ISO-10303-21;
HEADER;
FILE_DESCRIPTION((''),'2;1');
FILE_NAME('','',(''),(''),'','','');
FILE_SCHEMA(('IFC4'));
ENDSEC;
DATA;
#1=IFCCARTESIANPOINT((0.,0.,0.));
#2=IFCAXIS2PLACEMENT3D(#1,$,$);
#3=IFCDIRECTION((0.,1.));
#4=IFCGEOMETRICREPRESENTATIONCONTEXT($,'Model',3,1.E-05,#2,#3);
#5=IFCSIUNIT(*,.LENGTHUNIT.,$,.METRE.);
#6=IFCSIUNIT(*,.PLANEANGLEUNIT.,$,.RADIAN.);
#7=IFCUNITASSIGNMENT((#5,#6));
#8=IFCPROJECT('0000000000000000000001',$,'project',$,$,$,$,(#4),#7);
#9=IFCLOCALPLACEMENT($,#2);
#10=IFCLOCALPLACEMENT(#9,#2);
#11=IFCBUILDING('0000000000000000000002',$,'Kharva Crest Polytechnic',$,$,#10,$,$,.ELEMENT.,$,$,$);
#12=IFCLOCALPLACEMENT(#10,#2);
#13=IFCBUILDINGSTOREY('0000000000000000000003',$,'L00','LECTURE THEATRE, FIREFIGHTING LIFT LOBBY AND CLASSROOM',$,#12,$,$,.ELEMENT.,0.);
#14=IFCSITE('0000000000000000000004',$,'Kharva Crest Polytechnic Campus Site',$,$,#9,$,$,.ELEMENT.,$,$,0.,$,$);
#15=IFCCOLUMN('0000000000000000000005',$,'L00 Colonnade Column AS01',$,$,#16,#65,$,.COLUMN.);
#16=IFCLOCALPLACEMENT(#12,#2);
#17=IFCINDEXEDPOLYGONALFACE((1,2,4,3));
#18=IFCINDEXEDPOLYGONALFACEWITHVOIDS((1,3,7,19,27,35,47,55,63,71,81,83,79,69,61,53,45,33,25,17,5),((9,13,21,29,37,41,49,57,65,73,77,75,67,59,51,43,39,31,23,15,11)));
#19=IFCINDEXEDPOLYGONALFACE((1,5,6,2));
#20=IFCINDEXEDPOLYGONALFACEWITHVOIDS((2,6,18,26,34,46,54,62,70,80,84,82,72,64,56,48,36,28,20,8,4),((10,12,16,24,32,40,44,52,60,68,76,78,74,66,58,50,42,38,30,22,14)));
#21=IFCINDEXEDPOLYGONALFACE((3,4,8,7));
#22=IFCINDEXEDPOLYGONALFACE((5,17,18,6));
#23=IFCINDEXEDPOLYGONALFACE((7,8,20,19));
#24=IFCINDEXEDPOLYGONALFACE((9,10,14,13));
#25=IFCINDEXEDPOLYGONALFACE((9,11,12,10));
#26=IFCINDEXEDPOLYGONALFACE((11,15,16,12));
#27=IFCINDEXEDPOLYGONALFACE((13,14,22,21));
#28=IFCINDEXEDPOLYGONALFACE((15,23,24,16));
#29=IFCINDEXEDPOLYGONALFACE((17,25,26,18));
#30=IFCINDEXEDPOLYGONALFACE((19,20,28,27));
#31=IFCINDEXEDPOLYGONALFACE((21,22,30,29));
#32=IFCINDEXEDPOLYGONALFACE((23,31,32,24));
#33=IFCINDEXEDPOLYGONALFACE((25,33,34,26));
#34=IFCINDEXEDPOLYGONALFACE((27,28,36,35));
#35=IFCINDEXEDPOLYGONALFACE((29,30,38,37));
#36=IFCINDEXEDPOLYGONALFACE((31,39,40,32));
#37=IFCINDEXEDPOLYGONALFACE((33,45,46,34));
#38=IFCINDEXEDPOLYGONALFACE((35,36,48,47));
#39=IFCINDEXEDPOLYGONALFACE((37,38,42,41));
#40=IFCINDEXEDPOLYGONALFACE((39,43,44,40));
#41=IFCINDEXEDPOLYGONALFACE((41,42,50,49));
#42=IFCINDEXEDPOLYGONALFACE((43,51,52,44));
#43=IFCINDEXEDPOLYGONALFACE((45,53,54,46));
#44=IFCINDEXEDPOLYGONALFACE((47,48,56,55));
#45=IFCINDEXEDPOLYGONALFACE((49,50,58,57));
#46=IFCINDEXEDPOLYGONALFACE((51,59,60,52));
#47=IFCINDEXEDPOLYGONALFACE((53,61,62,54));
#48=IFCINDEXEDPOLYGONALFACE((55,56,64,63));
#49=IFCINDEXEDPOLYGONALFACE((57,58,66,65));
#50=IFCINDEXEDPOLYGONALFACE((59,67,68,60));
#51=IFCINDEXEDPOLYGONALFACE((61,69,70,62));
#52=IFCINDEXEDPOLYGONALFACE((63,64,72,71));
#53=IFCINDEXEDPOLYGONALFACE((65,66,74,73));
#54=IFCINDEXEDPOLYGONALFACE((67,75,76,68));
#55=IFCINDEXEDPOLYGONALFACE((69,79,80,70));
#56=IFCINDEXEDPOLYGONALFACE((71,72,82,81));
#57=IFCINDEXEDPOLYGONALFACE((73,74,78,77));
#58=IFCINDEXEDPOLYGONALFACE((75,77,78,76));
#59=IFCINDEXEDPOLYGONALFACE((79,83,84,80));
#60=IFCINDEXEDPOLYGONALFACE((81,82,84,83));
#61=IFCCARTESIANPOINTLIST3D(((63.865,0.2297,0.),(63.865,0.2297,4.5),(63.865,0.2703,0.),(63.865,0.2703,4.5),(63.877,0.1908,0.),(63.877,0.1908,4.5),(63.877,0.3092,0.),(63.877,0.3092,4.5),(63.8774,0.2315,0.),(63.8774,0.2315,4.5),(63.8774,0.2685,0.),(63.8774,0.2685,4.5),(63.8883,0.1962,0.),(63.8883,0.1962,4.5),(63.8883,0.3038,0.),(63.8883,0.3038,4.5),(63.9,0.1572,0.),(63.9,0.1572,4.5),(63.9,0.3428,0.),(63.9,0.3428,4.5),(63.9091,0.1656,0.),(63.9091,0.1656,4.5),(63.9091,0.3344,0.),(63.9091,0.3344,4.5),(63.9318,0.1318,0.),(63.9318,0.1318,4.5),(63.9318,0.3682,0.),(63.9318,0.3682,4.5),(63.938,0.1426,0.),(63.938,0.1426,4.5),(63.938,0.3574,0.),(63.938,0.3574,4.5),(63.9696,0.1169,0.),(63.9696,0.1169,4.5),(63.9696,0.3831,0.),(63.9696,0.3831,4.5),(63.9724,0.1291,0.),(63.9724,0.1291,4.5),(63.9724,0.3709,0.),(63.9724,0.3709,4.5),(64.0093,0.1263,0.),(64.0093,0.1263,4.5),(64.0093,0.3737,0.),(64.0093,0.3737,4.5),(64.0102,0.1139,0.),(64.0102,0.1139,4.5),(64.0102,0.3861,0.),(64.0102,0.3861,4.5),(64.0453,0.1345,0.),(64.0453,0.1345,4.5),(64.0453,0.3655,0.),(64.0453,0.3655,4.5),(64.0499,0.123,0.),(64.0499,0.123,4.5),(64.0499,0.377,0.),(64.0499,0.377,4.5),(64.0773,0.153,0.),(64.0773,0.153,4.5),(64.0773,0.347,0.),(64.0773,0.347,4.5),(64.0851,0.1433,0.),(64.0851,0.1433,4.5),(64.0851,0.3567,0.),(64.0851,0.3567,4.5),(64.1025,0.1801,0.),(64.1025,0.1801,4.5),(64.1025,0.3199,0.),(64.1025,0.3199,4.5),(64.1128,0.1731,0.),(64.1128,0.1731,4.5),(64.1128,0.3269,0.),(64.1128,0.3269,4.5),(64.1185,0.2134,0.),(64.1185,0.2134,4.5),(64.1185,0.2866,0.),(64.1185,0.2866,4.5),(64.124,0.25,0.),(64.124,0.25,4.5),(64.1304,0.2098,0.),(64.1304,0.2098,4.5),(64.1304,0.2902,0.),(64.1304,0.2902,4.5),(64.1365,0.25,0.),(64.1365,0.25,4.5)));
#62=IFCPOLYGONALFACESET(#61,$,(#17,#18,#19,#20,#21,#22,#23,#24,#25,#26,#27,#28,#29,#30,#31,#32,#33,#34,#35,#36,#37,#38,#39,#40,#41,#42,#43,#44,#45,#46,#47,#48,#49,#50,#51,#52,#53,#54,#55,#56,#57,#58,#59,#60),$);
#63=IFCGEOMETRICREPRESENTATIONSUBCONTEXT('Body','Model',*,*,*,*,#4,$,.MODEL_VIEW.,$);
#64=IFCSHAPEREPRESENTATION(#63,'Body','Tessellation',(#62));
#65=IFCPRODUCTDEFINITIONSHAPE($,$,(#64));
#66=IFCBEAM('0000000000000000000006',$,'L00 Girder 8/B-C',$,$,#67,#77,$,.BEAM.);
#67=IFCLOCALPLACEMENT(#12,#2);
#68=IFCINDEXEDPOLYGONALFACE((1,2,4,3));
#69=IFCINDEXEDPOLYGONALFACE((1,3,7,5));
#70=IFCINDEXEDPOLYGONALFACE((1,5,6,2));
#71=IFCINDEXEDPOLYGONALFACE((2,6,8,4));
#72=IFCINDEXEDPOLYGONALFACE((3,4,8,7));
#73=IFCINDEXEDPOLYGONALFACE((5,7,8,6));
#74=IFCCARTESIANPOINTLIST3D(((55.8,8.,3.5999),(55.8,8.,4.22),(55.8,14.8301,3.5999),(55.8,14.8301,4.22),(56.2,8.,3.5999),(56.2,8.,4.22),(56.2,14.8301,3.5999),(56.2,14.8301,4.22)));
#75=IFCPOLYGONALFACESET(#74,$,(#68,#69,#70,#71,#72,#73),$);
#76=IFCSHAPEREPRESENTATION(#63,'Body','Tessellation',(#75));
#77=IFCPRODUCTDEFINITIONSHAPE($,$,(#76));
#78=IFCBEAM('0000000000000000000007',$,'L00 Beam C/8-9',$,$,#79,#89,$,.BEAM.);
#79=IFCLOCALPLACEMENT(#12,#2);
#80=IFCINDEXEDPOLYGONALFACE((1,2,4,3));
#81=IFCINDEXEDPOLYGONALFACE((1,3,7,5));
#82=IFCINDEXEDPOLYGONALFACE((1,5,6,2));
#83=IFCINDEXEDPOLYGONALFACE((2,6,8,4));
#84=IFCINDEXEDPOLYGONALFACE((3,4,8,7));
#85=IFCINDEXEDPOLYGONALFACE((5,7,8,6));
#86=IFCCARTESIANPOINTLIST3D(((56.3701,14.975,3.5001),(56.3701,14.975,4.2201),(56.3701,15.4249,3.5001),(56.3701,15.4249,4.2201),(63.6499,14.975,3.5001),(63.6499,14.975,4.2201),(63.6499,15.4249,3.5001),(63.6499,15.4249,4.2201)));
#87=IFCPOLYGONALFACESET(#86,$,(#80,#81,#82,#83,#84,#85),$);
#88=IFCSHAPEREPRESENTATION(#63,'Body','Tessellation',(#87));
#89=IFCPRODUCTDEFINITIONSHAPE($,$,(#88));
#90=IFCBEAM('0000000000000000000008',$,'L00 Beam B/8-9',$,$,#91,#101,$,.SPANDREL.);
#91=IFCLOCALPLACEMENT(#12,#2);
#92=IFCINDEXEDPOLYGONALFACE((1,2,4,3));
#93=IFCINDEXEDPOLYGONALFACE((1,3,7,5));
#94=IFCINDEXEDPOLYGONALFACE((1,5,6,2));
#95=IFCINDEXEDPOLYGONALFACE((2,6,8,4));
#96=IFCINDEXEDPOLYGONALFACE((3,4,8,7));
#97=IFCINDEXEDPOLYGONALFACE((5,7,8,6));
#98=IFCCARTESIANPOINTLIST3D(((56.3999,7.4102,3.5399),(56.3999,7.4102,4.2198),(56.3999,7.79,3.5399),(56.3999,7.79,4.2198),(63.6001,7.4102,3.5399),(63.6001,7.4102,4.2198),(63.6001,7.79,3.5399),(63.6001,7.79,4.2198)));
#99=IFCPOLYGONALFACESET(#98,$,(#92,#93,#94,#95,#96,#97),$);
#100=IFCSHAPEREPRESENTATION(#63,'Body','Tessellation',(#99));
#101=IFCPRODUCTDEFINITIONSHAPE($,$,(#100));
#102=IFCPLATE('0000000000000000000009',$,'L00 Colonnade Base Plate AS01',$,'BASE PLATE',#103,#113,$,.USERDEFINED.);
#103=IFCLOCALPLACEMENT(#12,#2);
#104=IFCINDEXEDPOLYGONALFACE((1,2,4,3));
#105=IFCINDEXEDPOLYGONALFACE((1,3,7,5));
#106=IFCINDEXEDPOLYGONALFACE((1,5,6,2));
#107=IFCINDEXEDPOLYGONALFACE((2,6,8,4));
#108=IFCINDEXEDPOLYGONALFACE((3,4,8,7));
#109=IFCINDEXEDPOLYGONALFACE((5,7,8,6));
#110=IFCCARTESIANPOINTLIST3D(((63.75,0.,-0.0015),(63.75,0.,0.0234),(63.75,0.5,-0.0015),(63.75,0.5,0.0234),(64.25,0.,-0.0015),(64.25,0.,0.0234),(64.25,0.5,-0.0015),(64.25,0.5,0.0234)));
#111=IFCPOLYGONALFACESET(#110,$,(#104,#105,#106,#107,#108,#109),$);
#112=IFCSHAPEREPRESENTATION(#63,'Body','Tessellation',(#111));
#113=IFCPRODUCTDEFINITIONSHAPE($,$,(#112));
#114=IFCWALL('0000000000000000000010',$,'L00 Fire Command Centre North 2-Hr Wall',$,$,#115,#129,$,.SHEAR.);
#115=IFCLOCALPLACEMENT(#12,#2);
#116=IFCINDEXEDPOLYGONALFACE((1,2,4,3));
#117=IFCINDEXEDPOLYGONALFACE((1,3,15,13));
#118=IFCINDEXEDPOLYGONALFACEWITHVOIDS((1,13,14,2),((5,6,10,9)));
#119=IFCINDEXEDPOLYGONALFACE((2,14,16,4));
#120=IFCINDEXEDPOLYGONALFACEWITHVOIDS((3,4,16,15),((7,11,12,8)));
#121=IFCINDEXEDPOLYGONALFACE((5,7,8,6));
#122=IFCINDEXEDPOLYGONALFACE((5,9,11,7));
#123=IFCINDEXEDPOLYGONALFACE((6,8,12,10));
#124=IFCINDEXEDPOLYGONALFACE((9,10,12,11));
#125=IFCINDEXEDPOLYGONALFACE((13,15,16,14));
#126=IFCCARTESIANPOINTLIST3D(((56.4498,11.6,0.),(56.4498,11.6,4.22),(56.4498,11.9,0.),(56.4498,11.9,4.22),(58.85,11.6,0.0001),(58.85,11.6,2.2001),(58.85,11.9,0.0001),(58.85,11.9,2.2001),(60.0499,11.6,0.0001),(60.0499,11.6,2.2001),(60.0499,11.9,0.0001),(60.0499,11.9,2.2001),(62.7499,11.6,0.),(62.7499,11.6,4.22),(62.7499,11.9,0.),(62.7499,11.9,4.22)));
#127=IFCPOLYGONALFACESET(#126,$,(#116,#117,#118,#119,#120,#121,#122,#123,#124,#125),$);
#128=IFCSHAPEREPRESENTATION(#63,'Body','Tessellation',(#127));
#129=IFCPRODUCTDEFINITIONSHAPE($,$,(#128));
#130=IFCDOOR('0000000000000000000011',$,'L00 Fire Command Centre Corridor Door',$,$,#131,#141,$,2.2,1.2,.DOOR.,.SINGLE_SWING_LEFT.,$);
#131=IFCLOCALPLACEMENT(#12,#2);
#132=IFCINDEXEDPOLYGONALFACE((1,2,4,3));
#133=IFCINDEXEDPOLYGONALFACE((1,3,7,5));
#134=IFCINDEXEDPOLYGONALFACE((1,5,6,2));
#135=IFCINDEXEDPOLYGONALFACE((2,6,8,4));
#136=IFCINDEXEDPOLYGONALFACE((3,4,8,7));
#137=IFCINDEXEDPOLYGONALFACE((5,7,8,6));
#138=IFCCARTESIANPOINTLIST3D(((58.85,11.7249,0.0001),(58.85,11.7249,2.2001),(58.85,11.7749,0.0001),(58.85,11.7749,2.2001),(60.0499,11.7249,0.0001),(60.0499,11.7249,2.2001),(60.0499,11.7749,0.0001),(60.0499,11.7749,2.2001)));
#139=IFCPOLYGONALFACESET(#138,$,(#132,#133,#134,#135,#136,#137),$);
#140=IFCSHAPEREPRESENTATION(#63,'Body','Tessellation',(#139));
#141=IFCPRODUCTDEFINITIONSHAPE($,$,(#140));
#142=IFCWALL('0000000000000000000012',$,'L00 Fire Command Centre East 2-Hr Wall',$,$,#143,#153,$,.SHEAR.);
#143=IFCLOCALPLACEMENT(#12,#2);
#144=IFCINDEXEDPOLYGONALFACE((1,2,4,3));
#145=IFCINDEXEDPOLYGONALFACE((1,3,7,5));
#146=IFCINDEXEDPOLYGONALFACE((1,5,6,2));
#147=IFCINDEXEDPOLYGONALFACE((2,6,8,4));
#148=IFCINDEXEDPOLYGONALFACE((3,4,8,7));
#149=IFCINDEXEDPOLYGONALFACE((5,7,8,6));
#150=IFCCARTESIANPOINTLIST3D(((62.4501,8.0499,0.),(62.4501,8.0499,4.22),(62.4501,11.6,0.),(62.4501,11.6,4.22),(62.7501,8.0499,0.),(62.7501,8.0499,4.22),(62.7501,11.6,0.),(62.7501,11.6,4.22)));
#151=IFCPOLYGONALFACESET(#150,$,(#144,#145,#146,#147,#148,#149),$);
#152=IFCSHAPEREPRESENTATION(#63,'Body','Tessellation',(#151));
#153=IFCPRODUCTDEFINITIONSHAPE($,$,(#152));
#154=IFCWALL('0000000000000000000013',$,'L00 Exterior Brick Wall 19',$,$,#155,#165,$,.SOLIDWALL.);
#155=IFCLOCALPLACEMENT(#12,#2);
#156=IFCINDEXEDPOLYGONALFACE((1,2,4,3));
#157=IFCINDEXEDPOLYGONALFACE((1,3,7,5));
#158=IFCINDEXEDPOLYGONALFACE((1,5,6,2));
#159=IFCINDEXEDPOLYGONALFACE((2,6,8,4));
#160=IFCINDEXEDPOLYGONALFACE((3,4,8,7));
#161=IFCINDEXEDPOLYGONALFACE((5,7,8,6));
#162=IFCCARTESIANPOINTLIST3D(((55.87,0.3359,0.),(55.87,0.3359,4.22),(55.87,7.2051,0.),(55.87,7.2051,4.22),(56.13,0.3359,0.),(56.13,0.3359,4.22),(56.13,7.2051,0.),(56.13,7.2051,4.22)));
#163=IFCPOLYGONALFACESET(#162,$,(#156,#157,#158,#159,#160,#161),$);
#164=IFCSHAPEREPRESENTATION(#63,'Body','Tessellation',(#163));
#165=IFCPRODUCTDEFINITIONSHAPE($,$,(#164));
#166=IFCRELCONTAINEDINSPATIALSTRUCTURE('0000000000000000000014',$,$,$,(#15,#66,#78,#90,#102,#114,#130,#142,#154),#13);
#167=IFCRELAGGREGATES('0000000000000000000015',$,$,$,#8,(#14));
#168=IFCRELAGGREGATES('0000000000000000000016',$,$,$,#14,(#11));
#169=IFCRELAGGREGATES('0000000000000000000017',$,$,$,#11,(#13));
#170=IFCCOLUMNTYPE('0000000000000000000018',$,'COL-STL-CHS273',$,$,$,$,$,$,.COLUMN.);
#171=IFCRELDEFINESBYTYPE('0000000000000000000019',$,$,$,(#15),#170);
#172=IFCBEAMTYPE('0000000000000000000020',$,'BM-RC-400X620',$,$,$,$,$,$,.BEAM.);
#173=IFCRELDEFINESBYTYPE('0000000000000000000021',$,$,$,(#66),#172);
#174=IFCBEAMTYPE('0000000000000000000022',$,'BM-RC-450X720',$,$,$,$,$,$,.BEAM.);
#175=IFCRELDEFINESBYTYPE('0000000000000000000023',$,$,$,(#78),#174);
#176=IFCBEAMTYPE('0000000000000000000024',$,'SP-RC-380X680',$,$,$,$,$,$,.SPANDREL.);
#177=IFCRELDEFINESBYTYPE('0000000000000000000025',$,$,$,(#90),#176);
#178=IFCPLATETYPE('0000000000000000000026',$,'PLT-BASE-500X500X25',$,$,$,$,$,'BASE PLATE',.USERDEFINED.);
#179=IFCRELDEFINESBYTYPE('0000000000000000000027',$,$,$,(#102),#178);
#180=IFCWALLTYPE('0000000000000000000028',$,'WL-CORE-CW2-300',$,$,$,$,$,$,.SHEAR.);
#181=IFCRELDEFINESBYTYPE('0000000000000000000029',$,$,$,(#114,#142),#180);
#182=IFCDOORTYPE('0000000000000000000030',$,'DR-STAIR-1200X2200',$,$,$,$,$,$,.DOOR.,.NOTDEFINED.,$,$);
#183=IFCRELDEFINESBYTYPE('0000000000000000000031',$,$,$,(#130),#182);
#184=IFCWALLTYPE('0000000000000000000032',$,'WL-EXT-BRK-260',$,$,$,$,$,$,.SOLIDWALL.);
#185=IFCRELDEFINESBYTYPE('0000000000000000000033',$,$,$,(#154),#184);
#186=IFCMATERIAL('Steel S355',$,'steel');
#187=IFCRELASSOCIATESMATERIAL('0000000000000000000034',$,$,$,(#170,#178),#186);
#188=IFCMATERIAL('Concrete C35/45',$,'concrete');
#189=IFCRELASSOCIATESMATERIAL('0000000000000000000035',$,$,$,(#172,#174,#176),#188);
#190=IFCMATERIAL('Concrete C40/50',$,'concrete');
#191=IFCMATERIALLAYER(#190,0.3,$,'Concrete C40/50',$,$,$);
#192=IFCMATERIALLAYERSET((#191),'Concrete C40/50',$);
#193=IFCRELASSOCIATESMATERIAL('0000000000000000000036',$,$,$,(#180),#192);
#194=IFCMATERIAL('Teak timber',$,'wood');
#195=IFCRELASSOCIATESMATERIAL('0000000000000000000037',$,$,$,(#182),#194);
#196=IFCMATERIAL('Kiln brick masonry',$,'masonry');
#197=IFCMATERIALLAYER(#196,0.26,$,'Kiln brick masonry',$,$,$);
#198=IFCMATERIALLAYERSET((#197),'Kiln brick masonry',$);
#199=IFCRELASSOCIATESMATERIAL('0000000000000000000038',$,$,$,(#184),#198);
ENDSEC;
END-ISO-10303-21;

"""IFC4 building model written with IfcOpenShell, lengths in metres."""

from ifc_helpers import new_model, si_unit, direction, frame, frame_2d, origin, origin_2d, place, context, subcontext, project, spatial, rectangle, hollow_circle, extrude, material, layer, layer_set, material_profile, profile_set, type_object, element, fill, save


model = new_model("IFC4")

# Units and contexts
model_context = context("Model", 3, precision=1e-05, world=origin(), true_north=direction((0.0, 1.0)))
body_context = subcontext(model_context, "Body", "Model", "MODEL_VIEW")
ifc_project = project(units=[si_unit("LENGTHUNIT", "METRE"), si_unit("PLANEANGLEUNIT", "RADIAN")], contexts=[model_context])

# Site, building, storey
site_placement = place(None, origin())
site = spatial("IfcSite", under=ifc_project, at=site_placement, Name="Kharva Crest Polytechnic Campus Site", CompositionType="ELEMENT", RefElevation=0.0)
building_placement = place(site_placement, origin())
building = spatial("IfcBuilding", under=site, at=building_placement, Name="Kharva Crest Polytechnic", CompositionType="ELEMENT")
storey_placement = place(building_placement, origin())
storey = spatial("IfcBuildingStorey", under=building, at=storey_placement, Name="L00", Description="LECTURE THEATRE, FIREFIGHTING LIFT LOBBY AND CLASSROOM", CompositionType="ELEMENT", Elevation=0.0)

# Shared definitions
ifc_material_1 = material(Name="Concrete C35/45", Category="concrete")

# Column
ifc_material_2 = material(Name="Concrete C40/50", Category="concrete")
ifc_material_3 = material(Name="Steel S355", Category="steel")
ifc_material_profile_1 = material_profile(ifc_material_3, hollow_circle(Radius=0.1365, WallThickness=0.0125, at=origin_2d()), Name="CHS 273.0X12.5")
ifc_profile_set_1 = profile_set([ifc_material_profile_1], Name="Steel S355")
column_type_1 = type_object("IfcColumnType", Name="COL-STL-CHS273", PredefinedType="COLUMN", material=ifc_profile_set_1)
column_1_placement = place(storey_placement, frame((64.0, 0.25, 0.0), z_axis=(0.0, 0.0, 1.0), x_axis=(1.0, 0.0, 0.0)))
element("IfcColumn", 1, at=column_1_placement, inside=storey, type_object=column_type_1, Name="L00 Colonnade Column AS01", PredefinedType="COLUMN", context=body_context, shape_type="SweptSolid", body=[
    extrude(hollow_circle(Radius=0.1365, WallThickness=0.0125, at=origin_2d()), origin(), (0.0, 0.0, 1.0), 4.5),
])

# Beams
ifc_material_profile_2 = material_profile(ifc_material_1, rectangle(XDim=0.3999, YDim=0.6201, at=origin_2d()), Name="RECT 400 X 620")
ifc_profile_set_2 = profile_set([ifc_material_profile_2], Name="Concrete C35/45")
beam_type_1 = type_object("IfcBeamType", Name="BM-RC-400X620", PredefinedType="BEAM", material=ifc_profile_set_2)
beam_1_placement = place(storey_placement, frame((56.0, 8.0, 3.9099), z_axis=(0.0, 1.0, 0.0), x_axis=(-1.0, 0.0, 0.0)))
element("IfcBeam", 2, at=beam_1_placement, inside=storey, type_object=beam_type_1, Name="L00 Girder 8/B-C", PredefinedType="BEAM", context=body_context, shape_type="SweptSolid", body=[
    extrude(rectangle(XDim=0.3999, YDim=0.6201, at=origin_2d()), origin(), (0.0, 0.0, 1.0), 6.8301),
])
ifc_material_profile_3 = material_profile(ifc_material_1, rectangle(XDim=0.45, YDim=0.72, at=origin_2d()), Name="RECT 450 X 720")
ifc_profile_set_3 = profile_set([ifc_material_profile_3], Name="Concrete C35/45")
beam_type_2 = type_object("IfcBeamType", Name="BM-RC-450X720", PredefinedType="BEAM", material=ifc_profile_set_3)
beam_2_placement = place(storey_placement, frame((56.3701, 15.2, 3.8601), z_axis=(1.0, 0.0, 0.0), x_axis=(0.0, 1.0, 0.0)))
element("IfcBeam", 3, at=beam_2_placement, inside=storey, type_object=beam_type_2, Name="L00 Beam C/8-9", PredefinedType="BEAM", context=body_context, shape_type="SweptSolid", body=[
    extrude(rectangle(XDim=0.45, YDim=0.72, at=origin_2d()), origin(), (0.0, 0.0, 1.0), 7.2798),
])
ifc_material_profile_4 = material_profile(ifc_material_1, rectangle(XDim=0.3799, YDim=0.6799, at=origin_2d()), Name="RECT 380 X 680")
ifc_profile_set_4 = profile_set([ifc_material_profile_4], Name="Concrete C35/45")
beam_type_3 = type_object("IfcBeamType", Name="SP-RC-380X680", PredefinedType="SPANDREL", material=ifc_profile_set_4)
beam_3_placement = place(storey_placement, frame((56.3999, 7.6001, 3.8799), z_axis=(1.0, 0.0, 0.0), x_axis=(0.0, 1.0, 0.0)))
element("IfcBeam", 4, at=beam_3_placement, inside=storey, type_object=beam_type_3, Name="L00 Beam B/8-9", PredefinedType="SPANDREL", context=body_context, shape_type="SweptSolid", body=[
    extrude(rectangle(XDim=0.3799, YDim=0.6799, at=origin_2d()), origin(), (0.0, 0.0, 1.0), 7.2002),
])

# Plate
plate_type = type_object("IfcPlateType", Name="PLT-BASE-500X500X25", ElementType="BASE PLATE", PredefinedType="USERDEFINED", material=ifc_material_3)
plate_placement = place(storey_placement, frame((64.0, 0.25, -0.0015), z_axis=(0.0, 0.0, 1.0), x_axis=(1.0, 0.0, 0.0)))
element("IfcPlate", 5, at=plate_placement, inside=storey, type_object=plate_type, Name="L00 Colonnade Base Plate AS01", ObjectType="BASE PLATE", PredefinedType="USERDEFINED", context=body_context, shape_type="SweptSolid", body=[
    extrude(rectangle(XDim=0.5, YDim=0.5, at=origin_2d()), origin(), (0.0, 0.0, 1.0), 0.0249),
])

# Wall, opening, door
ifc_layer_1 = layer(ifc_material_2, 0.3, Name="Concrete C40/50")
ifc_layer_set_1 = layer_set([ifc_layer_1], Name="Concrete C40/50")
wall_type_1 = type_object("IfcWallType", Name="WL-CORE-CW2-300", PredefinedType="SHEAR", material=ifc_layer_set_1)
wall_1_placement = place(storey_placement, frame((56.45, 11.75, 0.0), z_axis=(0.0, 0.0, 1.0), x_axis=(1.0, 0.0, 0.0)))
wall_1 = element("IfcWall", 6, at=wall_1_placement, inside=storey, type_object=wall_type_1, Name="L00 Fire Command Centre North 2-Hr Wall", PredefinedType="SHEAR", context=body_context, shape_type="SweptSolid", body=[
    extrude(rectangle(XDim=6.3, YDim=0.3, at=frame_2d((3.1499, 0.0))), origin(), (0.0, 0.0, 1.0), 4.22),
])
opening_1_placement = place(wall_1_placement, frame((2.3999, 0.0, 0.0)))
opening_1 = element("IfcOpeningElement", 7, at=opening_1_placement, cuts=wall_1, PredefinedType="OPENING", context=body_context, shape_type="SweptSolid", body=[
    extrude(rectangle(XDim=1.2, YDim=2.2, at=frame_2d((0.6001, 1.1001))), frame((0.0, 0.1599, 0.0), z_axis=(0.0, -1.0, 0.0), x_axis=(1.0, 0.0, 0.0)), (0.0, 0.0, 1.0), 0.3201),
])
ifc_material_4 = material(Name="Teak timber", Category="wood")
door_type_1 = type_object("IfcDoorType", Name="DR-STAIR-1200X2200", OperationType="NOTDEFINED", PredefinedType="DOOR", material=ifc_material_4)
door_1_placement = place(opening_1_placement, origin())
door_1 = element("IfcDoor", 8, at=door_1_placement, inside=storey, type_object=door_type_1, Name="L00 Fire Command Centre Corridor Door", OperationType="SINGLE_SWING_LEFT", OverallHeight=2.2, OverallWidth=1.2, PredefinedType="DOOR", context=body_context, shape_type="SweptSolid", body=[
    extrude(rectangle(XDim=1.2, YDim=2.2, at=frame_2d((0.6001, 1.1001))), frame((0.0, 0.0249, 0.0), z_axis=(0.0, -1.0, 0.0), x_axis=(1.0, 0.0, 0.0)), (0.0, 0.0, 1.0), 0.05),
])
fill(opening_1, door_1)

# Walls
wall_2_placement = place(storey_placement, frame((62.6001, 8.05, 0.0), z_axis=(0.0, 0.0, 1.0), x_axis=(0.0, 1.0, 0.0)))
element("IfcWall", 9, at=wall_2_placement, inside=storey, type_object=wall_type_1, Name="L00 Fire Command Centre East 2-Hr Wall", PredefinedType="SHEAR", context=body_context, shape_type="SweptSolid", body=[
    extrude(rectangle(XDim=3.55, YDim=0.3, at=frame_2d((1.7749, 0.0))), origin(), (0.0, 0.0, 1.0), 4.22),
])
ifc_material_5 = material(Name="Kiln brick masonry", Category="masonry")
ifc_layer_2 = layer(ifc_material_5, 0.26, Name="Kiln brick masonry")
ifc_layer_set_2 = layer_set([ifc_layer_2], Name="Kiln brick masonry")
wall_type_2 = type_object("IfcWallType", Name="WL-EXT-BRK-260", PredefinedType="SOLIDWALL", material=ifc_layer_set_2)
wall_3_placement = place(storey_placement, frame((56.0, 0.3359, 0.0), z_axis=(0.0, 0.0, 1.0), x_axis=(0.0, 1.0, 0.0)))
element("IfcWall", 10, at=wall_3_placement, inside=storey, type_object=wall_type_2, Name="L00 Exterior Brick Wall 19", PredefinedType="SOLIDWALL", context=body_context, shape_type="SweptSolid", body=[
    extrude(rectangle(XDim=6.8691, YDim=0.26, at=frame_2d((3.4346, 0.0))), origin(), (0.0, 0.0, 1.0), 4.22),
])

save(model, "model.ifc")
